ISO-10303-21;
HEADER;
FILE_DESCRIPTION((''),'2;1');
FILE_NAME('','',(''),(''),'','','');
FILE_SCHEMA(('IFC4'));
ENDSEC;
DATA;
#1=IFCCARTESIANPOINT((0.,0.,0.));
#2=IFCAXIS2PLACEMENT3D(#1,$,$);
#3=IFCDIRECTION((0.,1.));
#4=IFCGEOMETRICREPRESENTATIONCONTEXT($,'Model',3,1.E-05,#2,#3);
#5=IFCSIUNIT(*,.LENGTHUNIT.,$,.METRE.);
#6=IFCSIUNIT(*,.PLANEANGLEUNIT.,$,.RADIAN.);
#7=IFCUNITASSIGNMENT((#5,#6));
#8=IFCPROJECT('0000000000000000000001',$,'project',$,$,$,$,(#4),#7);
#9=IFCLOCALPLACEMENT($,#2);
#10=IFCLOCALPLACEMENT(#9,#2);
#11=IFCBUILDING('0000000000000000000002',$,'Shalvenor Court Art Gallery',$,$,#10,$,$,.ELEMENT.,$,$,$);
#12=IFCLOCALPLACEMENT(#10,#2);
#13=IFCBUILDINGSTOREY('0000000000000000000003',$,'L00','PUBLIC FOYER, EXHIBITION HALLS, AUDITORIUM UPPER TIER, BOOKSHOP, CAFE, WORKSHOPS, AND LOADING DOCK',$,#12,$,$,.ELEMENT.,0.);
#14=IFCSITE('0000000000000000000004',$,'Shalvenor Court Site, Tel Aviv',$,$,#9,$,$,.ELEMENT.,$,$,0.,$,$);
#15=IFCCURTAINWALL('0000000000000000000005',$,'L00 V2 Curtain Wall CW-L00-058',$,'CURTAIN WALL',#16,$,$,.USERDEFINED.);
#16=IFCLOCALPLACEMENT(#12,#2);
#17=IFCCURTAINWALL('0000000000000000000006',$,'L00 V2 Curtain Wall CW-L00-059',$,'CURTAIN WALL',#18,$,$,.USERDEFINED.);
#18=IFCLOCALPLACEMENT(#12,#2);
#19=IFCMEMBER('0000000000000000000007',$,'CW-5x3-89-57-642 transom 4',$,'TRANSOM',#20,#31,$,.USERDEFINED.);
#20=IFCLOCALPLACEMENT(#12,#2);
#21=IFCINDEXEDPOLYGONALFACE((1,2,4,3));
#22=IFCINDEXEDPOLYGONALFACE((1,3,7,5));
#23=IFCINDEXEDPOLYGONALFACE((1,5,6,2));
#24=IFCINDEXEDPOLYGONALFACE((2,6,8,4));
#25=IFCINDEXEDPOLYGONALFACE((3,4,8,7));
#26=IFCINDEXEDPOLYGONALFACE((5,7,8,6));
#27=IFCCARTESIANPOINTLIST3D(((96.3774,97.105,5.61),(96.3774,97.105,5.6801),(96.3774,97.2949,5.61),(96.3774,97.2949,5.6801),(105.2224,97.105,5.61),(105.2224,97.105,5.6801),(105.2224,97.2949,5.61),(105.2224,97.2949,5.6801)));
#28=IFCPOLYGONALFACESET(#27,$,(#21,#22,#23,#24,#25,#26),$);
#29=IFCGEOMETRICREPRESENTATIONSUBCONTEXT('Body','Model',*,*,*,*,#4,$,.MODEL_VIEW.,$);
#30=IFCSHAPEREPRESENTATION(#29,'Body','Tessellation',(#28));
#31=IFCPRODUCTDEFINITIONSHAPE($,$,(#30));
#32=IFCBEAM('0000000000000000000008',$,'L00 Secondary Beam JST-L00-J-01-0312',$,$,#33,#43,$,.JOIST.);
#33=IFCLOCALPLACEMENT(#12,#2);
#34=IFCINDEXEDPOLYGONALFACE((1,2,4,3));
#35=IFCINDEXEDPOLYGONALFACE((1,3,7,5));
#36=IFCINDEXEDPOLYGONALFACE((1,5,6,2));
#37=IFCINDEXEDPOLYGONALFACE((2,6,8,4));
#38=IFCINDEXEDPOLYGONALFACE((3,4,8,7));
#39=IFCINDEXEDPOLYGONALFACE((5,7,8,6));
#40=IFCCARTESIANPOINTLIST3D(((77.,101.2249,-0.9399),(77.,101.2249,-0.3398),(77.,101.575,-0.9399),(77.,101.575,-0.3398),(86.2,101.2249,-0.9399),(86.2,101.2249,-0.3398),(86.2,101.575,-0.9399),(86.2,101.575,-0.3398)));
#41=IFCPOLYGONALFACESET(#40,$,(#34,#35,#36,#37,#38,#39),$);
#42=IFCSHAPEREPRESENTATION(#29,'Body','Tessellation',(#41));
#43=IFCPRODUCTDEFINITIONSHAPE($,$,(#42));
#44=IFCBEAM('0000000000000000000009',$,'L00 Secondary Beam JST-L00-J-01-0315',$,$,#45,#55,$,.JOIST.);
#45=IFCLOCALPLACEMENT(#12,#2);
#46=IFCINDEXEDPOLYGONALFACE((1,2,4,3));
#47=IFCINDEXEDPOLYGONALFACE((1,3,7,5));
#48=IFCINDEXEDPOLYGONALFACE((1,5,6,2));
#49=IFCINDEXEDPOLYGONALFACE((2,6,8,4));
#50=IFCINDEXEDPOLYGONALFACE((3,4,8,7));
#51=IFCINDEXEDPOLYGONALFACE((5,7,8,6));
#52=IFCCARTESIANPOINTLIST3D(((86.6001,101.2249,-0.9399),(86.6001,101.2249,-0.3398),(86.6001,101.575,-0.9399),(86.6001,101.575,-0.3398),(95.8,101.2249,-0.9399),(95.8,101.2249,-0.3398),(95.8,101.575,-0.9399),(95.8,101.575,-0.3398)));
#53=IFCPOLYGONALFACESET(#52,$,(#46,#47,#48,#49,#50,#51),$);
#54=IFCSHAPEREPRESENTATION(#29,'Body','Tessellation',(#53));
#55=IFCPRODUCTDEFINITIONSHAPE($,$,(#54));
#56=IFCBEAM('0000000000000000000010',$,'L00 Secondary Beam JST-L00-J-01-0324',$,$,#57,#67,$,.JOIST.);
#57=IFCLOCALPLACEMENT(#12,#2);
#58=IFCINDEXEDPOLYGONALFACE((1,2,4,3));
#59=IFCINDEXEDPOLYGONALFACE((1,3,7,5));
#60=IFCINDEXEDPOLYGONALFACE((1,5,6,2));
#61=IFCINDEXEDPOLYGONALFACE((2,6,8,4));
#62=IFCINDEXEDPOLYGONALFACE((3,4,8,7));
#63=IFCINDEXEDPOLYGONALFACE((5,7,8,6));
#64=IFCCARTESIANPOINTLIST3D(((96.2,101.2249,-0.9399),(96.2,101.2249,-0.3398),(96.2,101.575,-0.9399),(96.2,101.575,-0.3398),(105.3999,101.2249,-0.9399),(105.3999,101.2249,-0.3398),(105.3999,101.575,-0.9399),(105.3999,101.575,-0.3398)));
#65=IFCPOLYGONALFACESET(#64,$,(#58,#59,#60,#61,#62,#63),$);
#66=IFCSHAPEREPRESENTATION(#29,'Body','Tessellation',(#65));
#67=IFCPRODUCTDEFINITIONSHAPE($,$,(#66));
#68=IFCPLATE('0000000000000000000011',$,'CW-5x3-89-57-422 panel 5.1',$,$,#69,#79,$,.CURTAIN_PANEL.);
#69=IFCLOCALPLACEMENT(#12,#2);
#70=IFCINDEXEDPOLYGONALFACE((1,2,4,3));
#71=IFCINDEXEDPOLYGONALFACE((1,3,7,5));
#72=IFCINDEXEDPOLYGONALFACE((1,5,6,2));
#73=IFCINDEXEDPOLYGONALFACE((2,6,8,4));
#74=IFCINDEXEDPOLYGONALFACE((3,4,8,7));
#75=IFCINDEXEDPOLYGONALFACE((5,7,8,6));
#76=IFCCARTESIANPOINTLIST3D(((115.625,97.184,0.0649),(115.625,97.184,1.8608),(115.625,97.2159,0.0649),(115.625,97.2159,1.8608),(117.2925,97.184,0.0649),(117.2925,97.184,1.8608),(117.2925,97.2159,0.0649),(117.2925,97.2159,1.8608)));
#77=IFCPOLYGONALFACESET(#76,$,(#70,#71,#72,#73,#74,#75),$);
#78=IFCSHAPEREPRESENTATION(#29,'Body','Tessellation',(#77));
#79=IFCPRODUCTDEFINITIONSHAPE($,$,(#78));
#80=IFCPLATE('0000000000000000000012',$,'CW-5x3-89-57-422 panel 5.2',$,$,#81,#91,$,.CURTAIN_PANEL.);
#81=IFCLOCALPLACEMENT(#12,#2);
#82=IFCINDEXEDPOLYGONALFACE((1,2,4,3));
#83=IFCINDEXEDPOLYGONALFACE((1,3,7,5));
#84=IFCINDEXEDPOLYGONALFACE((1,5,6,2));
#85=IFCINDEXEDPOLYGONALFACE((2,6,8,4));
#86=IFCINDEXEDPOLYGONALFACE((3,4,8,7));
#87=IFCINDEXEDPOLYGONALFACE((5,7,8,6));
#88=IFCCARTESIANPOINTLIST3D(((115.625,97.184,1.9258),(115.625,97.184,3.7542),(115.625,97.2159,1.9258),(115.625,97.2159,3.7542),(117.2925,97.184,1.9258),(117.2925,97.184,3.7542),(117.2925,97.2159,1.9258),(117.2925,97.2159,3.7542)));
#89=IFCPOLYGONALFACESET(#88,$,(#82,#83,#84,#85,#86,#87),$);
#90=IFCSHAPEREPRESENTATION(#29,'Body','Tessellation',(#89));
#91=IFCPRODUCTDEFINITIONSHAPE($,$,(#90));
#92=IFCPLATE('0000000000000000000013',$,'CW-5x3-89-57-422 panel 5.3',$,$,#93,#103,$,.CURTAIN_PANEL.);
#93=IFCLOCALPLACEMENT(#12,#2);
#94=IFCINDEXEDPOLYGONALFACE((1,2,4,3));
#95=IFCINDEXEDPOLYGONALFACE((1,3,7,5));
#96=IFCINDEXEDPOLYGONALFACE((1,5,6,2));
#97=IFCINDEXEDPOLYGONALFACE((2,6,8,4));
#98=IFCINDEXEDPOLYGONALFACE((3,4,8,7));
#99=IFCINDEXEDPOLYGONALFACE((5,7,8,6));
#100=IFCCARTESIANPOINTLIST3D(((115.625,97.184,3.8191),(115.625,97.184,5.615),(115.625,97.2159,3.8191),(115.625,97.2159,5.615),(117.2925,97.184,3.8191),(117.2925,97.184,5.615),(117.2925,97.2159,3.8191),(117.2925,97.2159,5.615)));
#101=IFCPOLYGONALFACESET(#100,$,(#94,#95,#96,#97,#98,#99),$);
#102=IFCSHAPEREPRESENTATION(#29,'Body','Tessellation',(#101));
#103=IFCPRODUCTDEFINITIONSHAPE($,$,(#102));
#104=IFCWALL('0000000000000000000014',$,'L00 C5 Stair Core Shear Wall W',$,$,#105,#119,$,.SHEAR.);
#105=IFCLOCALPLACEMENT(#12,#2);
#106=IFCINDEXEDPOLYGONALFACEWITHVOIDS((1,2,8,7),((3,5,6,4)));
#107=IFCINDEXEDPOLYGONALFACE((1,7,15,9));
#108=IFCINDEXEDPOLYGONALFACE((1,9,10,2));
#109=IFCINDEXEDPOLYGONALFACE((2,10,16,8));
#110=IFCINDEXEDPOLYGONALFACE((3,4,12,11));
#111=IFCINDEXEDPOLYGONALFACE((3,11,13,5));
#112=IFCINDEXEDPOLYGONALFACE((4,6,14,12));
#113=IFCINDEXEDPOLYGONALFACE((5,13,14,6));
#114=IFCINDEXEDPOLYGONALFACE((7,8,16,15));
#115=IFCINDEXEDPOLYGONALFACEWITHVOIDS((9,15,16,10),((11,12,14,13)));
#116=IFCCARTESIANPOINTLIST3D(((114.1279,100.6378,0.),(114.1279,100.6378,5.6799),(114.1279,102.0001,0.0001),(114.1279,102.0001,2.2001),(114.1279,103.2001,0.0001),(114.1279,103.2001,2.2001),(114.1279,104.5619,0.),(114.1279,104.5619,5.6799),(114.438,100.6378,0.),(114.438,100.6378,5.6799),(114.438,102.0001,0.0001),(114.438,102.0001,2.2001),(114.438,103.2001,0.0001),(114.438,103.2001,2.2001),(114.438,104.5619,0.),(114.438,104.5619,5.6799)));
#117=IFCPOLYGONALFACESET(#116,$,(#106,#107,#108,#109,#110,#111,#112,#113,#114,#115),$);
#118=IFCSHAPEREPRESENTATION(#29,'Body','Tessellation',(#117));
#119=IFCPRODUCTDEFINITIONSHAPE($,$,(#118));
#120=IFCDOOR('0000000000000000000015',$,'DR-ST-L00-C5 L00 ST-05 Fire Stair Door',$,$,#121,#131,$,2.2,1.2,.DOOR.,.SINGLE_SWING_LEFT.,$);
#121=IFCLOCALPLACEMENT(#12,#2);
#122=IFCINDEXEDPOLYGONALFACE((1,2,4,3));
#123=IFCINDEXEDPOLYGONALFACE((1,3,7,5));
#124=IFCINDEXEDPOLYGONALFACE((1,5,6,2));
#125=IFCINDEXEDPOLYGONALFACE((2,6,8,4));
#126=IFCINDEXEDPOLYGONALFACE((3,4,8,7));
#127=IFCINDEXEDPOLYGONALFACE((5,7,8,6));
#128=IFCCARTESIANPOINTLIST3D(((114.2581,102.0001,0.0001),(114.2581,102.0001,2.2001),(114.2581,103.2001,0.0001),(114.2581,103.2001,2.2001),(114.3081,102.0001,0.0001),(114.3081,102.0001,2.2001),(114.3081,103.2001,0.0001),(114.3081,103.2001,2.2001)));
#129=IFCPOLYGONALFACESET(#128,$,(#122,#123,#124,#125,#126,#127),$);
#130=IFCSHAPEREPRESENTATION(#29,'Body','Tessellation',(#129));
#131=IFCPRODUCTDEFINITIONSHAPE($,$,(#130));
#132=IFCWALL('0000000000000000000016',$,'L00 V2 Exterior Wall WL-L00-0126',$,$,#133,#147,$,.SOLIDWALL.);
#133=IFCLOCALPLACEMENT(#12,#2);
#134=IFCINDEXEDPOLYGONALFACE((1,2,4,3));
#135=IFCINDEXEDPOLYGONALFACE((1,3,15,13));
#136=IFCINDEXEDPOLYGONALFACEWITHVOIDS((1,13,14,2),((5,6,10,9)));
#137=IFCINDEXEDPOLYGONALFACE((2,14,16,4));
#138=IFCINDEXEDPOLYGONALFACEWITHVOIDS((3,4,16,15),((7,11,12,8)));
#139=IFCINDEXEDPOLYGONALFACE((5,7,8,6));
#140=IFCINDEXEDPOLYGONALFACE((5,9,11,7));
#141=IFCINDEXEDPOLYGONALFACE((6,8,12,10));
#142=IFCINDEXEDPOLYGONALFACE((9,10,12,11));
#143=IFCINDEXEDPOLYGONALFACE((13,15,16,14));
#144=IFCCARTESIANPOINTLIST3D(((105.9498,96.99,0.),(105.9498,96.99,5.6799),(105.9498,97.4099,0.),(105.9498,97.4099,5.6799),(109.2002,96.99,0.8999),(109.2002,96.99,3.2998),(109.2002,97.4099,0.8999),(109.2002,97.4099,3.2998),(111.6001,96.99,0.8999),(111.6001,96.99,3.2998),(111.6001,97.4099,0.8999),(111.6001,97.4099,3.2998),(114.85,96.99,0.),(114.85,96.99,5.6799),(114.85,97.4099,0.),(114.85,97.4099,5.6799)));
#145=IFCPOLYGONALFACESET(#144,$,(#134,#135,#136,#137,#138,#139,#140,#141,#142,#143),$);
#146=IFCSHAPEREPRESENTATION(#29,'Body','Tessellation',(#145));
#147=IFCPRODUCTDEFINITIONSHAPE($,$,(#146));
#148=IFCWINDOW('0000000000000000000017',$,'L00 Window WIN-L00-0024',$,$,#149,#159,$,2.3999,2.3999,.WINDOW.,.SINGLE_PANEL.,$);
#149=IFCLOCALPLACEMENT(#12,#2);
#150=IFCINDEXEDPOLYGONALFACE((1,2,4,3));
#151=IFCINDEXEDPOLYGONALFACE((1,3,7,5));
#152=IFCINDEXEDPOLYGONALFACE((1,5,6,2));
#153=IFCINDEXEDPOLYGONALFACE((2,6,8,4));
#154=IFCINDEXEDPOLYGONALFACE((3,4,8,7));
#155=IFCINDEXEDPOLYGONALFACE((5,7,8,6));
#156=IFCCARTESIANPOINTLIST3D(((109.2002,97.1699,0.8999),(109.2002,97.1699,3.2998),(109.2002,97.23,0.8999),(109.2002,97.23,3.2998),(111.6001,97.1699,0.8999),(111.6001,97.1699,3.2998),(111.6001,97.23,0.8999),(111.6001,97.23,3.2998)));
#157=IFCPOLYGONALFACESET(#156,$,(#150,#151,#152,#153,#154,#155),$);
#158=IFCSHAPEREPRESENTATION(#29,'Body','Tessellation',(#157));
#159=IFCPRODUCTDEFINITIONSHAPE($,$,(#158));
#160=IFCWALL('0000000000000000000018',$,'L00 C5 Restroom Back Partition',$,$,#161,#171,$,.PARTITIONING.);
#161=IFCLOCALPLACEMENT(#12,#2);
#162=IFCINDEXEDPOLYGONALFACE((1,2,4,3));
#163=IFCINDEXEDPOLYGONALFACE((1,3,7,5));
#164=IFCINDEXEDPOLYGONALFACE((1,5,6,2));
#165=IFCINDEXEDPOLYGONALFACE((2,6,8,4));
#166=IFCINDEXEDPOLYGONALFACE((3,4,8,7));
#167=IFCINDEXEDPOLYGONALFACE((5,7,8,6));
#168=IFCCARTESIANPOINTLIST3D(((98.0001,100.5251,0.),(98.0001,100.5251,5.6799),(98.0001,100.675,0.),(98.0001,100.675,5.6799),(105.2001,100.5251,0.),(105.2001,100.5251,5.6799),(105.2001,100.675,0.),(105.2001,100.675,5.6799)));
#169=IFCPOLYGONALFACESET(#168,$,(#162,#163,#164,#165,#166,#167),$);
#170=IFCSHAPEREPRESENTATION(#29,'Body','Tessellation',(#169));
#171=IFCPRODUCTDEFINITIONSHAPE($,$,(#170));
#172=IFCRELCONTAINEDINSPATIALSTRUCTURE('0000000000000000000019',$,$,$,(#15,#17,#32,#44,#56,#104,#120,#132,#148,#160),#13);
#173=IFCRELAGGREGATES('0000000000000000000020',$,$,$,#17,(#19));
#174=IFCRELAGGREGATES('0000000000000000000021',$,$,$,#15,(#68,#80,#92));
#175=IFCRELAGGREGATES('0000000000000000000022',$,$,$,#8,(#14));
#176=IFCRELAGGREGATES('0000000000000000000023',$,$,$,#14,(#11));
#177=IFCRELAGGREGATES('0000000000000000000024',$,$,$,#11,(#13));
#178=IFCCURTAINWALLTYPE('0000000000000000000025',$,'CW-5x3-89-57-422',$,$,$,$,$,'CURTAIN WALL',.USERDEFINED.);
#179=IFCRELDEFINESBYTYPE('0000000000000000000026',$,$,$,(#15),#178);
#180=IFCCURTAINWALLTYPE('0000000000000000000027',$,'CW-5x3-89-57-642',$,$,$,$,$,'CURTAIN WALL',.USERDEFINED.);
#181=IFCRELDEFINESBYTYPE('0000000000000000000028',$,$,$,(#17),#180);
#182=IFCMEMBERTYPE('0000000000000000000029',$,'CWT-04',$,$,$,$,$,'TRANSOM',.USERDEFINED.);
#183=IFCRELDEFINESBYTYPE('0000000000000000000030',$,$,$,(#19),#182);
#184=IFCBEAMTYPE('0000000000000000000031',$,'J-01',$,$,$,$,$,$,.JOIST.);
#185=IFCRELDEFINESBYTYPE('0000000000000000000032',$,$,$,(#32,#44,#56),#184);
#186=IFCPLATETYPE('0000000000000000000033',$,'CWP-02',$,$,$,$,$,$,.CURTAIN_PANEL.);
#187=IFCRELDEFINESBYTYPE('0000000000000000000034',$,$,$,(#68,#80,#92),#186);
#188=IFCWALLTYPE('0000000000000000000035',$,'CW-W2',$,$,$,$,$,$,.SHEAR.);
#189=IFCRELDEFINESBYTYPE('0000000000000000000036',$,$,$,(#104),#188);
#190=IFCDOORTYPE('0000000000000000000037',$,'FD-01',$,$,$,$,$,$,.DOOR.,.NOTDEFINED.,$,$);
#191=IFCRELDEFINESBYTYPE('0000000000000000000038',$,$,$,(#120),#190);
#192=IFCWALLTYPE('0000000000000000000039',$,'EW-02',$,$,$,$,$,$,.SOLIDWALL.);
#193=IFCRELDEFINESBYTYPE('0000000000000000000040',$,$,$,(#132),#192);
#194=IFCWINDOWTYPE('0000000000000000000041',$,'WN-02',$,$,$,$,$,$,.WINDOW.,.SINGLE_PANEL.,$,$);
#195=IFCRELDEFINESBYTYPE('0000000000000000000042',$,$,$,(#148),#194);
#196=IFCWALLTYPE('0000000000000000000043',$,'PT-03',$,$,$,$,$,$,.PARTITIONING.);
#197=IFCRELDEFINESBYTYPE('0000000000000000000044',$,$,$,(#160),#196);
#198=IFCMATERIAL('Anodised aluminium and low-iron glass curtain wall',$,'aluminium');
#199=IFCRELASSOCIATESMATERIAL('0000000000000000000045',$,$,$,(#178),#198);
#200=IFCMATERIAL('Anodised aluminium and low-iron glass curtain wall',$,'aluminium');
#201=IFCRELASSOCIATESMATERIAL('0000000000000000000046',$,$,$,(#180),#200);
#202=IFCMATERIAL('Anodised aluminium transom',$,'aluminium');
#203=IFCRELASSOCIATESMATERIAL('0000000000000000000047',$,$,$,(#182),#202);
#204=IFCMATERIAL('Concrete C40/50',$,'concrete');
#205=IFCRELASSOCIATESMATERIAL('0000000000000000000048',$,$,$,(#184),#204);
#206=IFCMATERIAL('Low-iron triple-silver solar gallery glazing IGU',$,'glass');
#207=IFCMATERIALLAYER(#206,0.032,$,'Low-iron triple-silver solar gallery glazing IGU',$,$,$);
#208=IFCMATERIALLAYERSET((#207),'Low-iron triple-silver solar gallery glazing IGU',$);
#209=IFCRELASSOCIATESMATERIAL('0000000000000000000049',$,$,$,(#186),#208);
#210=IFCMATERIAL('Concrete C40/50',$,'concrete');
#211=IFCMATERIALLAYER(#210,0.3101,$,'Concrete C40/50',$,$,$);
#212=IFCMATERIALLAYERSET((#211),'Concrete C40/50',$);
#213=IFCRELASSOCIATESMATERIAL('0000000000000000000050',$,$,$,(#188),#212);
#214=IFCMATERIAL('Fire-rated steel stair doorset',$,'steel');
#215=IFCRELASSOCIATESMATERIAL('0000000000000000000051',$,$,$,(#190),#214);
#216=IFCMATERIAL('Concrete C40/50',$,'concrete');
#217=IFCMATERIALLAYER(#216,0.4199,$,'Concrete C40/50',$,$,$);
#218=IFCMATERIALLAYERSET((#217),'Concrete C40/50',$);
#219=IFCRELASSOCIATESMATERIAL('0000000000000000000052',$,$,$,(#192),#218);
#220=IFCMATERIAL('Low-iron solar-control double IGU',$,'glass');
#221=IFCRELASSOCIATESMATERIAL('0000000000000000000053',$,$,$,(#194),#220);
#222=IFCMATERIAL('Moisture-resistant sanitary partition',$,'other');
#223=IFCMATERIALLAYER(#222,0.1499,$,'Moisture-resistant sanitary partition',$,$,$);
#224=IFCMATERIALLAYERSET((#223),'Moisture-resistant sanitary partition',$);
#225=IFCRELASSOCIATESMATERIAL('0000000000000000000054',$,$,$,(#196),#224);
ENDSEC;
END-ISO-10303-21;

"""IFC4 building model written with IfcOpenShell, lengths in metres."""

from ifc_helpers import new_model, si_unit, direction, frame, frame_2d, origin, origin_2d, place, context, subcontext, project, spatial, rectangle, extrude, material, layer, layer_set, material_profile, profile_set, type_object, element, fill, aggregate, save


model = new_model("IFC4")

# Units and contexts
model_context = context("Model", 3, precision=1e-05, world=origin(), true_north=direction((0.0, 1.0)))
body_context = subcontext(model_context, "Body", "Model", "MODEL_VIEW")
ifc_project = project(units=[si_unit("LENGTHUNIT", "METRE"), si_unit("PLANEANGLEUNIT", "RADIAN")], contexts=[model_context])

# Site, building, storey
site_placement = place(None, origin())
site = spatial("IfcSite", under=ifc_project, at=site_placement, Name="Shalvenor Court Site, Tel Aviv", CompositionType="ELEMENT", RefElevation=0.0)
building_placement = place(site_placement, origin())
building = spatial("IfcBuilding", under=site, at=building_placement, Name="Shalvenor Court Art Gallery", CompositionType="ELEMENT")
storey_placement = place(building_placement, origin())
storey = spatial("IfcBuildingStorey", under=building, at=storey_placement, Name="L00", Description="PUBLIC FOYER, EXHIBITION HALLS, AUDITORIUM UPPER TIER, BOOKSHOP, CAFE, WORKSHOPS, AND LOADING DOCK", CompositionType="ELEMENT", Elevation=0.0)

# Curtain walls, member
ifc_material_1 = material(Name="Anodised aluminium and low-iron glass curtain wall", Category="aluminium")
curtain_wall_type_1 = type_object("IfcCurtainWallType", Name="CW-5x3-89-57-422", ElementType="CURTAIN WALL", PredefinedType="USERDEFINED", material=ifc_material_1)
curtain_wall_1_placement = place(storey_placement, origin())
curtain_wall_1 = element("IfcCurtainWall", 1, at=curtain_wall_1_placement, inside=storey, type_object=curtain_wall_type_1, Name="L00 V2 Curtain Wall CW-L00-058", ObjectType="CURTAIN WALL", PredefinedType="USERDEFINED")
ifc_material_2 = material(Name="Anodised aluminium and low-iron glass curtain wall", Category="aluminium")
curtain_wall_type_2 = type_object("IfcCurtainWallType", Name="CW-5x3-89-57-642", ElementType="CURTAIN WALL", PredefinedType="USERDEFINED", material=ifc_material_2)
curtain_wall_2_placement = place(storey_placement, origin())
curtain_wall_2 = element("IfcCurtainWall", 2, at=curtain_wall_2_placement, inside=storey, type_object=curtain_wall_type_2, Name="L00 V2 Curtain Wall CW-L00-059", ObjectType="CURTAIN WALL", PredefinedType="USERDEFINED")
ifc_material_3 = material(Name="Anodised aluminium transom", Category="aluminium")
ifc_material_profile_1 = material_profile(ifc_material_3, rectangle(XDim=0.1899, YDim=0.0701, at=origin_2d()), Name="CWT-04")
ifc_profile_set_1 = profile_set([ifc_material_profile_1], Name="Anodised aluminium transom")
member_type_1 = type_object("IfcMemberType", Name="CWT-04", ElementType="TRANSOM", PredefinedType="USERDEFINED", material=ifc_profile_set_1)
member_1_placement = place(storey_placement, frame((105.2224, 97.2, 5.645), z_axis=(-1.0, 0.0, 0.0), x_axis=(0.0, -1.0, 0.0)))
member_1 = element("IfcMember", 3, at=member_1_placement, type_object=member_type_1, Name="CW-5x3-89-57-642 transom 4", ObjectType="TRANSOM", PredefinedType="USERDEFINED", context=body_context, shape_type="SweptSolid", body=[
    extrude(rectangle(XDim=0.1899, YDim=0.0701, at=origin_2d()), origin(), (0.0, 0.0, 1.0), 8.845),
])
aggregate(curtain_wall_2, [member_1])

# Beams
ifc_material_4 = material(Name="Concrete C40/50", Category="concrete")
ifc_material_profile_2 = material_profile(ifc_material_4, rectangle(XDim=0.3501, YDim=0.6001, at=origin_2d()), Name="RC 350x600")
ifc_profile_set_2 = profile_set([ifc_material_profile_2], Name="Concrete C40/50")
beam_type_1 = type_object("IfcBeamType", Name="J-01", PredefinedType="JOIST", material=ifc_profile_set_2)
for number, where, z_axis, x_axis, name in (
    (4, (77.0, 101.3999, -0.6399), (1.0, 0.0, 0.0), (0.0, 1.0, 0.0), "L00 Secondary Beam JST-L00-J-01-0312"),
    (5, (86.6001, 101.3999, -0.6399), (1.0, 0.0, 0.0), (0.0, 1.0, 0.0), "L00 Secondary Beam JST-L00-J-01-0315"),
    (6, (96.2, 101.3999, -0.6399), (1.0, 0.0, 0.0), (0.0, 1.0, 0.0), "L00 Secondary Beam JST-L00-J-01-0324"),
):
    element("IfcBeam", number, at=place(storey_placement, frame(where, z_axis=z_axis, x_axis=x_axis)), inside=storey, type_object=beam_type_1, Name=name, PredefinedType="JOIST", context=body_context, shape_type="SweptSolid", body=[
        extrude(rectangle(XDim=0.3501, YDim=0.6001, at=origin_2d()), origin(), (0.0, 0.0, 1.0), 9.2),
    ])

# Plates
ifc_material_5 = material(Name="Low-iron triple-silver solar gallery glazing IGU", Category="glass")
ifc_layer_1 = layer(ifc_material_5, 0.032, Name="Low-iron triple-silver solar gallery glazing IGU")
ifc_layer_set_1 = layer_set([ifc_layer_1], Name="Low-iron triple-silver solar gallery glazing IGU")
plate_type = type_object("IfcPlateType", Name="CWP-02", PredefinedType="CURTAIN_PANEL", material=ifc_layer_set_1)
plate_1_placement = place(storey_placement, frame((116.4587, 97.2, 0.0649), z_axis=(0.0, 0.0, 1.0), x_axis=(-1.0, 0.0, 0.0)))
plate_1 = element("IfcPlate", 7, at=plate_1_placement, type_object=plate_type, Name="CW-5x3-89-57-422 panel 5.1", PredefinedType="CURTAIN_PANEL", context=body_context, shape_type="SweptSolid", body=[
    extrude(rectangle(XDim=1.6675, YDim=0.032, at=origin_2d()), origin(), (0.0, 0.0, 1.0), 1.7959),
])
plate_2_placement = place(storey_placement, frame((116.4587, 97.2, 1.9258), z_axis=(0.0, 0.0, 1.0), x_axis=(-1.0, 0.0, 0.0)))
plate_2 = element("IfcPlate", 8, at=plate_2_placement, type_object=plate_type, Name="CW-5x3-89-57-422 panel 5.2", PredefinedType="CURTAIN_PANEL", context=body_context, shape_type="SweptSolid", body=[
    extrude(rectangle(XDim=1.6675, YDim=0.032, at=origin_2d()), origin(), (0.0, 0.0, 1.0), 1.8284),
])
plate_3_placement = place(storey_placement, frame((116.4587, 97.2, 3.8191), z_axis=(0.0, 0.0, 1.0), x_axis=(-1.0, 0.0, 0.0)))
plate_3 = element("IfcPlate", 9, at=plate_3_placement, type_object=plate_type, Name="CW-5x3-89-57-422 panel 5.3", PredefinedType="CURTAIN_PANEL", context=body_context, shape_type="SweptSolid", body=[
    extrude(rectangle(XDim=1.6675, YDim=0.032, at=origin_2d()), origin(), (0.0, 0.0, 1.0), 1.7959),
])
aggregate(curtain_wall_1, [plate_1, plate_2, plate_3])

# Wall, opening, door
ifc_material_6 = material(Name="Concrete C40/50", Category="concrete")
ifc_layer_2 = layer(ifc_material_6, 0.3101, Name="Concrete C40/50")
ifc_layer_set_2 = layer_set([ifc_layer_2], Name="Concrete C40/50")
wall_type_1 = type_object("IfcWallType", Name="CW-W2", PredefinedType="SHEAR", material=ifc_layer_set_2)
wall_1_placement = place(storey_placement, frame((114.283, 100.6379, 0.0), z_axis=(0.0, 0.0, 1.0), x_axis=(0.0, 1.0, 0.0)))
wall_1 = element("IfcWall", 10, at=wall_1_placement, inside=storey, type_object=wall_type_1, Name="L00 C5 Stair Core Shear Wall W", PredefinedType="SHEAR", context=body_context, shape_type="SweptSolid", body=[
    extrude(rectangle(XDim=3.9241, YDim=0.3101, at=frame_2d((1.9619, 0.0))), origin(), (0.0, 0.0, 1.0), 5.6799),
])
opening_1_placement = place(wall_1_placement, frame((1.3621, 0.0, 0.0)))
opening_1 = element("IfcOpeningElement", 11, at=opening_1_placement, cuts=wall_1, PredefinedType="OPENING", context=body_context, shape_type="SweptSolid", body=[
    extrude(rectangle(XDim=1.2, YDim=2.2, at=frame_2d((0.6001, 1.1001))), frame((0.0, 0.165, 0.0), z_axis=(0.0, -1.0, 0.0), x_axis=(1.0, 0.0, 0.0)), (0.0, 0.0, 1.0), 0.3301),
])
ifc_material_7 = material(Name="Fire-rated steel stair doorset", Category="steel")
door_type = type_object("IfcDoorType", Name="FD-01", OperationType="NOTDEFINED", PredefinedType="DOOR", material=ifc_material_7)
door_placement = place(opening_1_placement, origin())
door = element("IfcDoor", 12, at=door_placement, inside=storey, type_object=door_type, Name="DR-ST-L00-C5 L00 ST-05 Fire Stair Door", OperationType="SINGLE_SWING_LEFT", OverallHeight=2.2, OverallWidth=1.2, PredefinedType="DOOR", context=body_context, shape_type="SweptSolid", body=[
    extrude(rectangle(XDim=1.2, YDim=2.2, at=frame_2d((0.6001, 1.1001))), frame((0.0, 0.0249, 0.0), z_axis=(0.0, -1.0, 0.0), x_axis=(1.0, 0.0, 0.0)), (0.0, 0.0, 1.0), 0.05),
])
fill(opening_1, door)

# Wall, opening, window
ifc_material_8 = material(Name="Concrete C40/50", Category="concrete")
ifc_layer_3 = layer(ifc_material_8, 0.4199, Name="Concrete C40/50")
ifc_layer_set_3 = layer_set([ifc_layer_3], Name="Concrete C40/50")
wall_type_2 = type_object("IfcWallType", Name="EW-02", PredefinedType="SOLIDWALL", material=ifc_layer_set_3)
wall_2_placement = place(storey_placement, frame((114.8501, 97.2, 0.0), z_axis=(0.0, 0.0, 1.0), x_axis=(-1.0, 0.0, 0.0)))
wall_2 = element("IfcWall", 13, at=wall_2_placement, inside=storey, type_object=wall_type_2, Name="L00 V2 Exterior Wall WL-L00-0126", PredefinedType="SOLIDWALL", context=body_context, shape_type="SweptSolid", body=[
    extrude(rectangle(XDim=8.9001, YDim=0.4199, at=frame_2d((4.4502, 0.0))), origin(), (0.0, 0.0, 1.0), 5.6799),
])
opening_2_placement = place(wall_2_placement, frame((3.25, 0.0, 0.8999)))
opening_2 = element("IfcOpeningElement", 14, at=opening_2_placement, cuts=wall_2, PredefinedType="OPENING", context=body_context, shape_type="SweptSolid", body=[
    extrude(rectangle(XDim=2.3999, YDim=2.3999, at=frame_2d((1.2, 1.2))), frame((0.0, 0.22, 0.0), z_axis=(0.0, -1.0, 0.0), x_axis=(1.0, 0.0, 0.0)), (0.0, 0.0, 1.0), 0.4399),
])
ifc_material_9 = material(Name="Low-iron solar-control double IGU", Category="glass")
window_type = type_object("IfcWindowType", Name="WN-02", PartitioningType="SINGLE_PANEL", PredefinedType="WINDOW", material=ifc_material_9)
window_placement = place(opening_2_placement, origin())
window = element("IfcWindow", 15, at=window_placement, inside=storey, type_object=window_type, Name="L00 Window WIN-L00-0024", OverallHeight=2.3999, OverallWidth=2.3999, PartitioningType="SINGLE_PANEL", PredefinedType="WINDOW", context=body_context, shape_type="SweptSolid", body=[
    extrude(rectangle(XDim=2.3999, YDim=2.3999, at=frame_2d((1.2, 1.2))), frame((0.0, 0.03, 0.0), z_axis=(0.0, -1.0, 0.0), x_axis=(1.0, 0.0, 0.0)), (0.0, 0.0, 1.0), 0.0601),
])
fill(opening_2, window)

# Wall
ifc_material_10 = material(Name="Moisture-resistant sanitary partition", Category="other")
ifc_layer_4 = layer(ifc_material_10, 0.1499, Name="Moisture-resistant sanitary partition")
ifc_layer_set_4 = layer_set([ifc_layer_4], Name="Moisture-resistant sanitary partition")
wall_type_3 = type_object("IfcWallType", Name="PT-03", PredefinedType="PARTITIONING", material=ifc_layer_set_4)
wall_3_placement = place(storey_placement, frame((98.0, 100.6001, 0.0), z_axis=(0.0, 0.0, 1.0), x_axis=(1.0, 0.0, 0.0)))
element("IfcWall", 16, at=wall_3_placement, inside=storey, type_object=wall_type_3, Name="L00 C5 Restroom Back Partition", PredefinedType="PARTITIONING", context=body_context, shape_type="SweptSolid", body=[
    extrude(rectangle(XDim=7.2, YDim=0.1499, at=frame_2d((3.6001, 0.0))), origin(), (0.0, 0.0, 1.0), 5.6799),
])

save(model, "model.ifc")
